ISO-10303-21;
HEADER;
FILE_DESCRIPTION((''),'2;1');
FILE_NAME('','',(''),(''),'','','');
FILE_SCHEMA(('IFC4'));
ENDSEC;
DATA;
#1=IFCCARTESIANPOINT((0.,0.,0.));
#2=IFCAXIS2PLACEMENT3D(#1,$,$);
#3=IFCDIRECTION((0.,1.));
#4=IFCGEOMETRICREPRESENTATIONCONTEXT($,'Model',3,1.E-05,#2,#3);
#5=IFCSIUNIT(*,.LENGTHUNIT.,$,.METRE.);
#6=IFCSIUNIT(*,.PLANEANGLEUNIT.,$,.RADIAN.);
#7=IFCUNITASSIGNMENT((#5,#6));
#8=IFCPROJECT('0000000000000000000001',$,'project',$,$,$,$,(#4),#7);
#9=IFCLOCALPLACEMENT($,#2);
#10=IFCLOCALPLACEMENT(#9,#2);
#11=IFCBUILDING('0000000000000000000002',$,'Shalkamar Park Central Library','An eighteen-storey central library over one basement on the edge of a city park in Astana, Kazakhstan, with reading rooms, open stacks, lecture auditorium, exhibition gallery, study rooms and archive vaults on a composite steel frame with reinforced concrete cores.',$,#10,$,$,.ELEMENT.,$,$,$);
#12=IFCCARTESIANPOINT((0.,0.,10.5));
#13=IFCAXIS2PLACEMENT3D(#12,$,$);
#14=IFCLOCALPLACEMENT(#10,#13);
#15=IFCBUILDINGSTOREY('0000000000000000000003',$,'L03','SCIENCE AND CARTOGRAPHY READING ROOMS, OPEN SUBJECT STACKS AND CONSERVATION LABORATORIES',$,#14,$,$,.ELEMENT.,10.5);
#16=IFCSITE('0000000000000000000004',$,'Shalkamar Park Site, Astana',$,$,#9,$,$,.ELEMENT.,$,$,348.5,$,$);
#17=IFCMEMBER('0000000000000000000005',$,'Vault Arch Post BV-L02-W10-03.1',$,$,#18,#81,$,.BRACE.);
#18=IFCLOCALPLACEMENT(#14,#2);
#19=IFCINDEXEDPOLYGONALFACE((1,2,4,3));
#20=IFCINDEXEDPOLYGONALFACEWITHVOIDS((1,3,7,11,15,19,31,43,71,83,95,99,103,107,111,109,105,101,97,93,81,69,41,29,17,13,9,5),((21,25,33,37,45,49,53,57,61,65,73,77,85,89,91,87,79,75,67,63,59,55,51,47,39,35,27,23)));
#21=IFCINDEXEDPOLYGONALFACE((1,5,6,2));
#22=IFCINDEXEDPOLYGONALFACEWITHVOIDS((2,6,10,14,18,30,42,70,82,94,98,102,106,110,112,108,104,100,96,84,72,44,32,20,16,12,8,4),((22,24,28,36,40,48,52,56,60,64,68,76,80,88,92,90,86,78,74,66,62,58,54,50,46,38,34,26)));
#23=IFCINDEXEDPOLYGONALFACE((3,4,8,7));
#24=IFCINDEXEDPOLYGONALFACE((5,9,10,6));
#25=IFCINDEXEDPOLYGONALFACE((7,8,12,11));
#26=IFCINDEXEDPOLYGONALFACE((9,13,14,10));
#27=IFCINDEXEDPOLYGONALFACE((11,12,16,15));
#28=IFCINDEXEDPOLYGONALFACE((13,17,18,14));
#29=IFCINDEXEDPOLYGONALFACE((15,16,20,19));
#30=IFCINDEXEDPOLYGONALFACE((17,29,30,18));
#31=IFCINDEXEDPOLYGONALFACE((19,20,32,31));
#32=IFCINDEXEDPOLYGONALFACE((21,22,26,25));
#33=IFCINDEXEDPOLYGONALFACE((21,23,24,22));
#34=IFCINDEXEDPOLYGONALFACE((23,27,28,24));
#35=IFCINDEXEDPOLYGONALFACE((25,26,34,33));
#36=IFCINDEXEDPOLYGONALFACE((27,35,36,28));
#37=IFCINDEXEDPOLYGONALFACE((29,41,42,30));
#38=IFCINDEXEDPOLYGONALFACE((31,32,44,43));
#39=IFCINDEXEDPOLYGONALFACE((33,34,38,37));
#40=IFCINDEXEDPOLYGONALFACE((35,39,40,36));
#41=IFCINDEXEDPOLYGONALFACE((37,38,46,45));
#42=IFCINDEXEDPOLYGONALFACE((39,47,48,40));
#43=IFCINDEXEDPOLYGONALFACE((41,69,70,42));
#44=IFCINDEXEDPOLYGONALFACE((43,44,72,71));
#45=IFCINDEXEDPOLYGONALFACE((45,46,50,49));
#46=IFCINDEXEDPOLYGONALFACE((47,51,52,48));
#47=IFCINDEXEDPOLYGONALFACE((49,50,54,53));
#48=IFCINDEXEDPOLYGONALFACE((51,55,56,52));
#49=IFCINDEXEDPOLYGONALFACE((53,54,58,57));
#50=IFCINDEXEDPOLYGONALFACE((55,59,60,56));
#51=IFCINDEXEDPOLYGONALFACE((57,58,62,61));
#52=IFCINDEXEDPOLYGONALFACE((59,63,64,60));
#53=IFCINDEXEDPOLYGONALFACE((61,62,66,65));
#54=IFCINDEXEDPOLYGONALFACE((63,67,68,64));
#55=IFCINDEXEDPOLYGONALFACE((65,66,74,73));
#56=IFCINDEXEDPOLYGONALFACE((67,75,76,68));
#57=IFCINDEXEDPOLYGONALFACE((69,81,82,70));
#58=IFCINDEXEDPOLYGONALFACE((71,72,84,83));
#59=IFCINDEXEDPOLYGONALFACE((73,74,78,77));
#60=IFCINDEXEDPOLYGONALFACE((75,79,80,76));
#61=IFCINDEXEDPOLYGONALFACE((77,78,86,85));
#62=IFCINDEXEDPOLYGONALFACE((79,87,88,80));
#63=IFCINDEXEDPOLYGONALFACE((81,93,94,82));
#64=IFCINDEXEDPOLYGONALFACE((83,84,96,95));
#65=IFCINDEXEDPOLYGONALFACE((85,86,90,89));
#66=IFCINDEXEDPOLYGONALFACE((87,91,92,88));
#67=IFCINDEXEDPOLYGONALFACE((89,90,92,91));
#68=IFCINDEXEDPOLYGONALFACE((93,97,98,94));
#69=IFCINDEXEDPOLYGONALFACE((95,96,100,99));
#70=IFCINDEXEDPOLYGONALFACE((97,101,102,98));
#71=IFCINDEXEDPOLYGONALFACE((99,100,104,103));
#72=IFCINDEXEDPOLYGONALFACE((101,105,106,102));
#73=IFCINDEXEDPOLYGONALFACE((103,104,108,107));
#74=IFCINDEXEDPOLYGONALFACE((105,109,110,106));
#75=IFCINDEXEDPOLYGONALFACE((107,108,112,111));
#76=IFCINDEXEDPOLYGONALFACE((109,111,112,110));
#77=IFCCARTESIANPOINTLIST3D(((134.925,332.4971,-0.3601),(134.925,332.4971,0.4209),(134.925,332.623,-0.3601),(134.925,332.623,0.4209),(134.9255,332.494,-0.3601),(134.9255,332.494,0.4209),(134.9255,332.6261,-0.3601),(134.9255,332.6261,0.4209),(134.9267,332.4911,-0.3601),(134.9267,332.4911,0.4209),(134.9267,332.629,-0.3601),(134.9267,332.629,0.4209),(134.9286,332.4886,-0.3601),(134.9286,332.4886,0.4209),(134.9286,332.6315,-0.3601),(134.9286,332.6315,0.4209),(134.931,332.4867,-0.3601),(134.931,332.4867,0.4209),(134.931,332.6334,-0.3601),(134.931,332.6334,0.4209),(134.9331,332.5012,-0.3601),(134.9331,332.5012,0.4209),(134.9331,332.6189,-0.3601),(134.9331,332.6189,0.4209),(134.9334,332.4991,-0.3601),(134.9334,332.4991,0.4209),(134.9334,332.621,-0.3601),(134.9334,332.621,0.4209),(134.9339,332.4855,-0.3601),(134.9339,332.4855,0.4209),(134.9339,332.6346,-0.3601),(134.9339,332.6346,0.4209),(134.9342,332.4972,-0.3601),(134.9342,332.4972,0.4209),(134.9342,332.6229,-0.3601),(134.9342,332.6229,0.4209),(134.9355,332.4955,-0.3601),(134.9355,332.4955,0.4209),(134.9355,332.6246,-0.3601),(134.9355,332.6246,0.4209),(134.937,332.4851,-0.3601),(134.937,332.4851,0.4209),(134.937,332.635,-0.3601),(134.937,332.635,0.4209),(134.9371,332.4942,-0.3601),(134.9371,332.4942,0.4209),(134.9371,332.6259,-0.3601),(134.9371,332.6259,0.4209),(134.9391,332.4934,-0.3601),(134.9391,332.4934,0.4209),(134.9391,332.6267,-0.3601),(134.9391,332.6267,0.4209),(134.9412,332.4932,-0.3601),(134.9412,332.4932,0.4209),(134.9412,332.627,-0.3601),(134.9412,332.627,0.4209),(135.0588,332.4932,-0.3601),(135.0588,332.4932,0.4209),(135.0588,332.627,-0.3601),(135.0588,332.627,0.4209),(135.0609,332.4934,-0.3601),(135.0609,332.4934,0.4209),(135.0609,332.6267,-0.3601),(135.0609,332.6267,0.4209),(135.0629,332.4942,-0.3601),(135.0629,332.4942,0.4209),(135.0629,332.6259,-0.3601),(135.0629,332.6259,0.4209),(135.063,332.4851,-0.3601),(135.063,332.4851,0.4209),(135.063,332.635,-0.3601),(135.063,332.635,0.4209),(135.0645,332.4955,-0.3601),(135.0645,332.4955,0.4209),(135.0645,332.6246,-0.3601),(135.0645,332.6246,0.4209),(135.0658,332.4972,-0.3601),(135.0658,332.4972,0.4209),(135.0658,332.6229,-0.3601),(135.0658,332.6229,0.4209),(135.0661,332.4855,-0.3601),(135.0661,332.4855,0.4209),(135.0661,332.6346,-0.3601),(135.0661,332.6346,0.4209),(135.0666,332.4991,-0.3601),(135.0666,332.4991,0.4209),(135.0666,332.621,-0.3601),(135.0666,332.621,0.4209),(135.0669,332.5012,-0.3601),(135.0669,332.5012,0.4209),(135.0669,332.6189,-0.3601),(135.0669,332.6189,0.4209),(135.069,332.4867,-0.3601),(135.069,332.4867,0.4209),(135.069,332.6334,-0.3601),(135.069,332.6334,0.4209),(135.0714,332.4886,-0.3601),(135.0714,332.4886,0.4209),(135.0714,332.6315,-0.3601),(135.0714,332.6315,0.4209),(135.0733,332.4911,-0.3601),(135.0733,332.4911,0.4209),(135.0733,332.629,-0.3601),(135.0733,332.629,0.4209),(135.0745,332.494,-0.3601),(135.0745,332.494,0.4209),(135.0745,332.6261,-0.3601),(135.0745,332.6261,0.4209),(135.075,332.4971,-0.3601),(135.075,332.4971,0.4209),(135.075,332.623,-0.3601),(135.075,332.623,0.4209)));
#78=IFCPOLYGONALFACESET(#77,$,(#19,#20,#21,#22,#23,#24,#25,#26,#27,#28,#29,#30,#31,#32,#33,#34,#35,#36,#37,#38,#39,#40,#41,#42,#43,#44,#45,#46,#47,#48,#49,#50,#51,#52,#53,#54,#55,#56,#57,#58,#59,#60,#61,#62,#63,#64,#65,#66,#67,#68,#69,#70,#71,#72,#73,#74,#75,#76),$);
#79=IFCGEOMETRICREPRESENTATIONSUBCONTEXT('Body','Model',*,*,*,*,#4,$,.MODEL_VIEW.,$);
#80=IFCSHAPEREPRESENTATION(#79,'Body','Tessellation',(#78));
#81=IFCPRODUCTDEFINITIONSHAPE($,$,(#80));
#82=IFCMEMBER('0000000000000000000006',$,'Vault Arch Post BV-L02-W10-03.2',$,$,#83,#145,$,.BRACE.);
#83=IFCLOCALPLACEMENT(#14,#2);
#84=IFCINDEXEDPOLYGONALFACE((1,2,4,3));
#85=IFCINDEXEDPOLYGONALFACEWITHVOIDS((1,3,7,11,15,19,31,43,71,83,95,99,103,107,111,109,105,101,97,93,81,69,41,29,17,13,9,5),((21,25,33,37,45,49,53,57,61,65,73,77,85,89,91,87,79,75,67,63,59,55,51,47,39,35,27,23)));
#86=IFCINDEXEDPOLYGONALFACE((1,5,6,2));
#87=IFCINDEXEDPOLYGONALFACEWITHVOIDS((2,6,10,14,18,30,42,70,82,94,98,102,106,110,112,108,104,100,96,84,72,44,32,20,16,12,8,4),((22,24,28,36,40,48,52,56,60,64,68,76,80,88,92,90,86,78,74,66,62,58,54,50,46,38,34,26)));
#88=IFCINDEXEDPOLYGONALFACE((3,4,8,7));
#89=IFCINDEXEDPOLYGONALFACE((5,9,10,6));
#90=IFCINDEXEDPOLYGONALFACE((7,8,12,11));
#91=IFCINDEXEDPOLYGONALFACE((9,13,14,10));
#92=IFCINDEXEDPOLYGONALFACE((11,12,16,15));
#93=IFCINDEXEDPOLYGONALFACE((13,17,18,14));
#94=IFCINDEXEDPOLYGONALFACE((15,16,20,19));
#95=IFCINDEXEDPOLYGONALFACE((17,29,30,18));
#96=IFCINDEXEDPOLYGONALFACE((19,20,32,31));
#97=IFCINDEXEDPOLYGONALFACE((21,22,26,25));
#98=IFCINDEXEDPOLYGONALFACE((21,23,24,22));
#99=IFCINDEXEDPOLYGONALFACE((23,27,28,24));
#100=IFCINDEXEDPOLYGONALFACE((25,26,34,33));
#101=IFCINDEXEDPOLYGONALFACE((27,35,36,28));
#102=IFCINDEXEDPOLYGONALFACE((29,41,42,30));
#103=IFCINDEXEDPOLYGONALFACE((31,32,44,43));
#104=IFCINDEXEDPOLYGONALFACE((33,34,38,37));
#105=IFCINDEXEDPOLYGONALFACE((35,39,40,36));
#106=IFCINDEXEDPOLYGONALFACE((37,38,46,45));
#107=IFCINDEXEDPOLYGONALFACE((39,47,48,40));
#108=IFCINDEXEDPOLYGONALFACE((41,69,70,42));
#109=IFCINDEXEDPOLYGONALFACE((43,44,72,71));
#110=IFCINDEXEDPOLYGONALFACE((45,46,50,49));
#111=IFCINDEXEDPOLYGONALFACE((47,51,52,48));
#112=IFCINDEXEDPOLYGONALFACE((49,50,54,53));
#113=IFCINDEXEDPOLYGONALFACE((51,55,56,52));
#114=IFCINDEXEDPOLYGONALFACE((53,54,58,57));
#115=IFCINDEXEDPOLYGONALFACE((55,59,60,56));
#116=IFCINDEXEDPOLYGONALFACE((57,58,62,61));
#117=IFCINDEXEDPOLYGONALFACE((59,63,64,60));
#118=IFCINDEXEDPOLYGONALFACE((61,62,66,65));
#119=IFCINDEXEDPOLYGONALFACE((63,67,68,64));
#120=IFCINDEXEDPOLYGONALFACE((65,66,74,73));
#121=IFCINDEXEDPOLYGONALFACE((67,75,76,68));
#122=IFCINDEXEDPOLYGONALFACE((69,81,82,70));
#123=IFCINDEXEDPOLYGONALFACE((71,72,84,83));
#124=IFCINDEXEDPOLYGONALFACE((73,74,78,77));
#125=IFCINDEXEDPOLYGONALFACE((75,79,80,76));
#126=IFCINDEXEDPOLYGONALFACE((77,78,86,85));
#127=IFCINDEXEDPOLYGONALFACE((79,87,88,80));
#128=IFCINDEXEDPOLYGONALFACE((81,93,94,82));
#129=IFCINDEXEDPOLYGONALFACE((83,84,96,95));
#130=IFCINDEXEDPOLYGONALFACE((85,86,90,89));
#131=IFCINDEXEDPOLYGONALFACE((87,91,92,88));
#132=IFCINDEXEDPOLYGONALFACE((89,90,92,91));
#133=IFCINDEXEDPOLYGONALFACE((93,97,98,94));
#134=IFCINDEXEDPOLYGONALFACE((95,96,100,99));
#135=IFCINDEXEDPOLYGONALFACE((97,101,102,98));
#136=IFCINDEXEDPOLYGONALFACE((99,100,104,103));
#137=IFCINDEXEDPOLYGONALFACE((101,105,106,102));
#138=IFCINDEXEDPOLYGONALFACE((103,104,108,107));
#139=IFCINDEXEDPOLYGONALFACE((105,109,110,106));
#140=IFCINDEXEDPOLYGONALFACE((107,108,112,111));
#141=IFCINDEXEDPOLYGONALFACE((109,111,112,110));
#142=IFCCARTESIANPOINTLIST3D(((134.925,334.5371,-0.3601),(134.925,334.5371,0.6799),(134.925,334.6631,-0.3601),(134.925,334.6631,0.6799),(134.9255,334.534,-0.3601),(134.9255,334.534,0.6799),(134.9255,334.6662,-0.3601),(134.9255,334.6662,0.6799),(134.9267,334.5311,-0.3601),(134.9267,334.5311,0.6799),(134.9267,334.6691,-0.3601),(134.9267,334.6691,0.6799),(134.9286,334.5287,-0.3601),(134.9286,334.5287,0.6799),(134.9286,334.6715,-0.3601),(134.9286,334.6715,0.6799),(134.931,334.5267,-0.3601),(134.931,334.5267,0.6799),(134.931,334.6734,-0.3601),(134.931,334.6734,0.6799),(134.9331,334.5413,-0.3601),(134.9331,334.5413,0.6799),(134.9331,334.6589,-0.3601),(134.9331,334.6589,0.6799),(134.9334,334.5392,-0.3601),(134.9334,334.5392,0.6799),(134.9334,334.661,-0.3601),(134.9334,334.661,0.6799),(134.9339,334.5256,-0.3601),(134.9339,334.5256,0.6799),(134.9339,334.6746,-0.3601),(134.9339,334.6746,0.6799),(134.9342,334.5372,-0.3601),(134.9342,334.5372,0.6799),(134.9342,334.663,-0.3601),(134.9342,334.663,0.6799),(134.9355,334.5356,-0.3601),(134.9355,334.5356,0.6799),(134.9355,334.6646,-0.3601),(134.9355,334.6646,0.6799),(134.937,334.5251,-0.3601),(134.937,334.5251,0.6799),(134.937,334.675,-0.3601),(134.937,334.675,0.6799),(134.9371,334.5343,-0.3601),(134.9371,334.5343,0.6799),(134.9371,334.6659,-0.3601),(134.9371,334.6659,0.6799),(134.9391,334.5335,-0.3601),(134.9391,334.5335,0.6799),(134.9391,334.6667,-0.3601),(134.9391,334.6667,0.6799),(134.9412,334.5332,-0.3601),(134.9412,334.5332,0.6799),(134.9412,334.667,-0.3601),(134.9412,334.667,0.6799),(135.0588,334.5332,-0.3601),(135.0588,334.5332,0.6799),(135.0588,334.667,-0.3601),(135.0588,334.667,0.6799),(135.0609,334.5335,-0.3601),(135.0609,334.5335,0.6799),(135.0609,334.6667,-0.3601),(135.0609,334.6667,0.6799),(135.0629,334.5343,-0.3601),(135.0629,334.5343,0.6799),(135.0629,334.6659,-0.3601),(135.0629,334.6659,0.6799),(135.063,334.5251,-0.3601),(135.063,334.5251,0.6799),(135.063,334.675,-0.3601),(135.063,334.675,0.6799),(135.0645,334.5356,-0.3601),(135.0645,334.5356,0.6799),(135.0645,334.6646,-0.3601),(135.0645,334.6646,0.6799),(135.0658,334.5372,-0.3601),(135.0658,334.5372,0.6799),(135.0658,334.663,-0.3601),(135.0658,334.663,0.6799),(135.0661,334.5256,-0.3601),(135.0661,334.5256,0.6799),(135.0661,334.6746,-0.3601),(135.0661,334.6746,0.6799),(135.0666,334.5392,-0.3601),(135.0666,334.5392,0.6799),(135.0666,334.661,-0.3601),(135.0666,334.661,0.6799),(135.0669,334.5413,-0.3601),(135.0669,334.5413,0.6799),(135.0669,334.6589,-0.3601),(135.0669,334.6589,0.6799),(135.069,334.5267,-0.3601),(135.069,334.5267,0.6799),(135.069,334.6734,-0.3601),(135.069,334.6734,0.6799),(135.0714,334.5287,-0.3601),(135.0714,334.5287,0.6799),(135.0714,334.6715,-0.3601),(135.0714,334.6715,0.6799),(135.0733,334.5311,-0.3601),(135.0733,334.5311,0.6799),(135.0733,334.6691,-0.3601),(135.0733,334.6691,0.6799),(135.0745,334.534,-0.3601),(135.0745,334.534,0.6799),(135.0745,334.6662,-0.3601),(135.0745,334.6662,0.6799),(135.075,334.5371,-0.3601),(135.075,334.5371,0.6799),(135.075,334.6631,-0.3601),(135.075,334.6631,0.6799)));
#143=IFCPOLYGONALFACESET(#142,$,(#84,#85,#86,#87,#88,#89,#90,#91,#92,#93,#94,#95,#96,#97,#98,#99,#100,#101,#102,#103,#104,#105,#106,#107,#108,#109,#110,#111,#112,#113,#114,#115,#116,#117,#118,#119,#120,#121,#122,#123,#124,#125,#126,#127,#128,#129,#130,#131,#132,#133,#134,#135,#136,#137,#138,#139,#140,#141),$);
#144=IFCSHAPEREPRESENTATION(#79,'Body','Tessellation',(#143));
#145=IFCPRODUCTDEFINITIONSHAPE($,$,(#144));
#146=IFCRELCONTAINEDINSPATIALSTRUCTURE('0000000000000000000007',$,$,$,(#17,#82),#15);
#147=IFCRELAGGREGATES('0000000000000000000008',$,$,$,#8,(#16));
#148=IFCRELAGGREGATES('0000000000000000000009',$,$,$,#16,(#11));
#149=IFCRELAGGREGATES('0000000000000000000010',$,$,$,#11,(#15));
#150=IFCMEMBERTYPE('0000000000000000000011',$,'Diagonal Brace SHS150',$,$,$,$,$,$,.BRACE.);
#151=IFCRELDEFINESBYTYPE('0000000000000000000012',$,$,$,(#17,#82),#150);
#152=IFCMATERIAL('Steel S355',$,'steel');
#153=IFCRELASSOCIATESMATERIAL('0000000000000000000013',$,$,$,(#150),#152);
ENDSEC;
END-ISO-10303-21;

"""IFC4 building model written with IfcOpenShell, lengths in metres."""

from ifc_helpers import new_model, si_unit, direction, frame, origin, origin_2d, place, context, subcontext, project, spatial, hollow_rectangle, extrude, material, material_profile, profile_set, type_object, element, save


model = new_model("IFC4")

# Units and contexts
model_context = context("Model", 3, precision=1e-05, world=origin(), true_north=direction((0.0, 1.0)))
body_context = subcontext(model_context, "Body", "Model", "MODEL_VIEW")
ifc_project = project(units=[si_unit("LENGTHUNIT", "METRE"), si_unit("PLANEANGLEUNIT", "RADIAN")], contexts=[model_context])

# Site, building, storey
site_placement = place(None, origin())
site = spatial("IfcSite", under=ifc_project, at=site_placement, Name="Shalkamar Park Site, Astana", CompositionType="ELEMENT", RefElevation=348.5)
building_placement = place(site_placement, origin())
building = spatial("IfcBuilding", under=site, at=building_placement, Name="Shalkamar Park Central Library", Description="An eighteen-storey central library over one basement on the edge of a city park in Astana, Kazakhstan, with reading rooms, open stacks, lecture auditorium, exhibition gallery, study rooms and archive vaults on a composite steel frame with reinforced concrete cores.", CompositionType="ELEMENT")
storey_placement = place(building_placement, frame((0.0, 0.0, 10.5)))
storey = spatial("IfcBuildingStorey", under=building, at=storey_placement, Name="L03", Description="SCIENCE AND CARTOGRAPHY READING ROOMS, OPEN SUBJECT STACKS AND CONSERVATION LABORATORIES", CompositionType="ELEMENT", Elevation=10.5)

# Members
ifc_material_1 = material(Name="Steel S355", Category="steel")
ifc_material_profile_1 = material_profile(ifc_material_1, hollow_rectangle(XDim=0.1499, YDim=0.1499, WallThickness=0.0081, InnerFilletRadius=0.0081, OuterFilletRadius=0.012, at=origin_2d()), Name="SHS 150x150x8")
ifc_profile_set_1 = profile_set([ifc_material_profile_1], Name="Steel S355")
member_type_1 = type_object("IfcMemberType", Name="Diagonal Brace SHS150", PredefinedType="BRACE", material=ifc_profile_set_1)
for number, where, z_axis, x_axis, name in (
    (1, (135.0, 332.5601, -0.3601), (0.0, 0.0, 1.0), (1.0, 0.0, 0.0), "Vault Arch Post BV-L02-W10-03.1"),
):
    element("IfcMember", number, at=place(storey_placement, frame(where, z_axis=z_axis, x_axis=x_axis)), inside=storey, type_object=member_type_1, Name=name, PredefinedType="BRACE", context=body_context, shape_type="SweptSolid", body=[
        extrude(hollow_rectangle(XDim=0.1499, YDim=0.1499, WallThickness=0.0081, InnerFilletRadius=0.0081, OuterFilletRadius=0.012, at=origin_2d()), origin(), (0.0, 0.0, 1.0), 0.781),
    ])
member_1_placement = place(storey_placement, frame((135.0, 334.6001, -0.3601), z_axis=(0.0, 0.0, 1.0), x_axis=(1.0, 0.0, 0.0)))
element("IfcMember", 2, at=member_1_placement, inside=storey, type_object=member_type_1, Name="Vault Arch Post BV-L02-W10-03.2", PredefinedType="BRACE", context=body_context, shape_type="SweptSolid", body=[
    extrude(hollow_rectangle(XDim=0.1499, YDim=0.1499, WallThickness=0.0081, InnerFilletRadius=0.0081, OuterFilletRadius=0.012, at=origin_2d()), origin(), (0.0, 0.0, 1.0), 1.04),
])

save(model, "model.ifc")
